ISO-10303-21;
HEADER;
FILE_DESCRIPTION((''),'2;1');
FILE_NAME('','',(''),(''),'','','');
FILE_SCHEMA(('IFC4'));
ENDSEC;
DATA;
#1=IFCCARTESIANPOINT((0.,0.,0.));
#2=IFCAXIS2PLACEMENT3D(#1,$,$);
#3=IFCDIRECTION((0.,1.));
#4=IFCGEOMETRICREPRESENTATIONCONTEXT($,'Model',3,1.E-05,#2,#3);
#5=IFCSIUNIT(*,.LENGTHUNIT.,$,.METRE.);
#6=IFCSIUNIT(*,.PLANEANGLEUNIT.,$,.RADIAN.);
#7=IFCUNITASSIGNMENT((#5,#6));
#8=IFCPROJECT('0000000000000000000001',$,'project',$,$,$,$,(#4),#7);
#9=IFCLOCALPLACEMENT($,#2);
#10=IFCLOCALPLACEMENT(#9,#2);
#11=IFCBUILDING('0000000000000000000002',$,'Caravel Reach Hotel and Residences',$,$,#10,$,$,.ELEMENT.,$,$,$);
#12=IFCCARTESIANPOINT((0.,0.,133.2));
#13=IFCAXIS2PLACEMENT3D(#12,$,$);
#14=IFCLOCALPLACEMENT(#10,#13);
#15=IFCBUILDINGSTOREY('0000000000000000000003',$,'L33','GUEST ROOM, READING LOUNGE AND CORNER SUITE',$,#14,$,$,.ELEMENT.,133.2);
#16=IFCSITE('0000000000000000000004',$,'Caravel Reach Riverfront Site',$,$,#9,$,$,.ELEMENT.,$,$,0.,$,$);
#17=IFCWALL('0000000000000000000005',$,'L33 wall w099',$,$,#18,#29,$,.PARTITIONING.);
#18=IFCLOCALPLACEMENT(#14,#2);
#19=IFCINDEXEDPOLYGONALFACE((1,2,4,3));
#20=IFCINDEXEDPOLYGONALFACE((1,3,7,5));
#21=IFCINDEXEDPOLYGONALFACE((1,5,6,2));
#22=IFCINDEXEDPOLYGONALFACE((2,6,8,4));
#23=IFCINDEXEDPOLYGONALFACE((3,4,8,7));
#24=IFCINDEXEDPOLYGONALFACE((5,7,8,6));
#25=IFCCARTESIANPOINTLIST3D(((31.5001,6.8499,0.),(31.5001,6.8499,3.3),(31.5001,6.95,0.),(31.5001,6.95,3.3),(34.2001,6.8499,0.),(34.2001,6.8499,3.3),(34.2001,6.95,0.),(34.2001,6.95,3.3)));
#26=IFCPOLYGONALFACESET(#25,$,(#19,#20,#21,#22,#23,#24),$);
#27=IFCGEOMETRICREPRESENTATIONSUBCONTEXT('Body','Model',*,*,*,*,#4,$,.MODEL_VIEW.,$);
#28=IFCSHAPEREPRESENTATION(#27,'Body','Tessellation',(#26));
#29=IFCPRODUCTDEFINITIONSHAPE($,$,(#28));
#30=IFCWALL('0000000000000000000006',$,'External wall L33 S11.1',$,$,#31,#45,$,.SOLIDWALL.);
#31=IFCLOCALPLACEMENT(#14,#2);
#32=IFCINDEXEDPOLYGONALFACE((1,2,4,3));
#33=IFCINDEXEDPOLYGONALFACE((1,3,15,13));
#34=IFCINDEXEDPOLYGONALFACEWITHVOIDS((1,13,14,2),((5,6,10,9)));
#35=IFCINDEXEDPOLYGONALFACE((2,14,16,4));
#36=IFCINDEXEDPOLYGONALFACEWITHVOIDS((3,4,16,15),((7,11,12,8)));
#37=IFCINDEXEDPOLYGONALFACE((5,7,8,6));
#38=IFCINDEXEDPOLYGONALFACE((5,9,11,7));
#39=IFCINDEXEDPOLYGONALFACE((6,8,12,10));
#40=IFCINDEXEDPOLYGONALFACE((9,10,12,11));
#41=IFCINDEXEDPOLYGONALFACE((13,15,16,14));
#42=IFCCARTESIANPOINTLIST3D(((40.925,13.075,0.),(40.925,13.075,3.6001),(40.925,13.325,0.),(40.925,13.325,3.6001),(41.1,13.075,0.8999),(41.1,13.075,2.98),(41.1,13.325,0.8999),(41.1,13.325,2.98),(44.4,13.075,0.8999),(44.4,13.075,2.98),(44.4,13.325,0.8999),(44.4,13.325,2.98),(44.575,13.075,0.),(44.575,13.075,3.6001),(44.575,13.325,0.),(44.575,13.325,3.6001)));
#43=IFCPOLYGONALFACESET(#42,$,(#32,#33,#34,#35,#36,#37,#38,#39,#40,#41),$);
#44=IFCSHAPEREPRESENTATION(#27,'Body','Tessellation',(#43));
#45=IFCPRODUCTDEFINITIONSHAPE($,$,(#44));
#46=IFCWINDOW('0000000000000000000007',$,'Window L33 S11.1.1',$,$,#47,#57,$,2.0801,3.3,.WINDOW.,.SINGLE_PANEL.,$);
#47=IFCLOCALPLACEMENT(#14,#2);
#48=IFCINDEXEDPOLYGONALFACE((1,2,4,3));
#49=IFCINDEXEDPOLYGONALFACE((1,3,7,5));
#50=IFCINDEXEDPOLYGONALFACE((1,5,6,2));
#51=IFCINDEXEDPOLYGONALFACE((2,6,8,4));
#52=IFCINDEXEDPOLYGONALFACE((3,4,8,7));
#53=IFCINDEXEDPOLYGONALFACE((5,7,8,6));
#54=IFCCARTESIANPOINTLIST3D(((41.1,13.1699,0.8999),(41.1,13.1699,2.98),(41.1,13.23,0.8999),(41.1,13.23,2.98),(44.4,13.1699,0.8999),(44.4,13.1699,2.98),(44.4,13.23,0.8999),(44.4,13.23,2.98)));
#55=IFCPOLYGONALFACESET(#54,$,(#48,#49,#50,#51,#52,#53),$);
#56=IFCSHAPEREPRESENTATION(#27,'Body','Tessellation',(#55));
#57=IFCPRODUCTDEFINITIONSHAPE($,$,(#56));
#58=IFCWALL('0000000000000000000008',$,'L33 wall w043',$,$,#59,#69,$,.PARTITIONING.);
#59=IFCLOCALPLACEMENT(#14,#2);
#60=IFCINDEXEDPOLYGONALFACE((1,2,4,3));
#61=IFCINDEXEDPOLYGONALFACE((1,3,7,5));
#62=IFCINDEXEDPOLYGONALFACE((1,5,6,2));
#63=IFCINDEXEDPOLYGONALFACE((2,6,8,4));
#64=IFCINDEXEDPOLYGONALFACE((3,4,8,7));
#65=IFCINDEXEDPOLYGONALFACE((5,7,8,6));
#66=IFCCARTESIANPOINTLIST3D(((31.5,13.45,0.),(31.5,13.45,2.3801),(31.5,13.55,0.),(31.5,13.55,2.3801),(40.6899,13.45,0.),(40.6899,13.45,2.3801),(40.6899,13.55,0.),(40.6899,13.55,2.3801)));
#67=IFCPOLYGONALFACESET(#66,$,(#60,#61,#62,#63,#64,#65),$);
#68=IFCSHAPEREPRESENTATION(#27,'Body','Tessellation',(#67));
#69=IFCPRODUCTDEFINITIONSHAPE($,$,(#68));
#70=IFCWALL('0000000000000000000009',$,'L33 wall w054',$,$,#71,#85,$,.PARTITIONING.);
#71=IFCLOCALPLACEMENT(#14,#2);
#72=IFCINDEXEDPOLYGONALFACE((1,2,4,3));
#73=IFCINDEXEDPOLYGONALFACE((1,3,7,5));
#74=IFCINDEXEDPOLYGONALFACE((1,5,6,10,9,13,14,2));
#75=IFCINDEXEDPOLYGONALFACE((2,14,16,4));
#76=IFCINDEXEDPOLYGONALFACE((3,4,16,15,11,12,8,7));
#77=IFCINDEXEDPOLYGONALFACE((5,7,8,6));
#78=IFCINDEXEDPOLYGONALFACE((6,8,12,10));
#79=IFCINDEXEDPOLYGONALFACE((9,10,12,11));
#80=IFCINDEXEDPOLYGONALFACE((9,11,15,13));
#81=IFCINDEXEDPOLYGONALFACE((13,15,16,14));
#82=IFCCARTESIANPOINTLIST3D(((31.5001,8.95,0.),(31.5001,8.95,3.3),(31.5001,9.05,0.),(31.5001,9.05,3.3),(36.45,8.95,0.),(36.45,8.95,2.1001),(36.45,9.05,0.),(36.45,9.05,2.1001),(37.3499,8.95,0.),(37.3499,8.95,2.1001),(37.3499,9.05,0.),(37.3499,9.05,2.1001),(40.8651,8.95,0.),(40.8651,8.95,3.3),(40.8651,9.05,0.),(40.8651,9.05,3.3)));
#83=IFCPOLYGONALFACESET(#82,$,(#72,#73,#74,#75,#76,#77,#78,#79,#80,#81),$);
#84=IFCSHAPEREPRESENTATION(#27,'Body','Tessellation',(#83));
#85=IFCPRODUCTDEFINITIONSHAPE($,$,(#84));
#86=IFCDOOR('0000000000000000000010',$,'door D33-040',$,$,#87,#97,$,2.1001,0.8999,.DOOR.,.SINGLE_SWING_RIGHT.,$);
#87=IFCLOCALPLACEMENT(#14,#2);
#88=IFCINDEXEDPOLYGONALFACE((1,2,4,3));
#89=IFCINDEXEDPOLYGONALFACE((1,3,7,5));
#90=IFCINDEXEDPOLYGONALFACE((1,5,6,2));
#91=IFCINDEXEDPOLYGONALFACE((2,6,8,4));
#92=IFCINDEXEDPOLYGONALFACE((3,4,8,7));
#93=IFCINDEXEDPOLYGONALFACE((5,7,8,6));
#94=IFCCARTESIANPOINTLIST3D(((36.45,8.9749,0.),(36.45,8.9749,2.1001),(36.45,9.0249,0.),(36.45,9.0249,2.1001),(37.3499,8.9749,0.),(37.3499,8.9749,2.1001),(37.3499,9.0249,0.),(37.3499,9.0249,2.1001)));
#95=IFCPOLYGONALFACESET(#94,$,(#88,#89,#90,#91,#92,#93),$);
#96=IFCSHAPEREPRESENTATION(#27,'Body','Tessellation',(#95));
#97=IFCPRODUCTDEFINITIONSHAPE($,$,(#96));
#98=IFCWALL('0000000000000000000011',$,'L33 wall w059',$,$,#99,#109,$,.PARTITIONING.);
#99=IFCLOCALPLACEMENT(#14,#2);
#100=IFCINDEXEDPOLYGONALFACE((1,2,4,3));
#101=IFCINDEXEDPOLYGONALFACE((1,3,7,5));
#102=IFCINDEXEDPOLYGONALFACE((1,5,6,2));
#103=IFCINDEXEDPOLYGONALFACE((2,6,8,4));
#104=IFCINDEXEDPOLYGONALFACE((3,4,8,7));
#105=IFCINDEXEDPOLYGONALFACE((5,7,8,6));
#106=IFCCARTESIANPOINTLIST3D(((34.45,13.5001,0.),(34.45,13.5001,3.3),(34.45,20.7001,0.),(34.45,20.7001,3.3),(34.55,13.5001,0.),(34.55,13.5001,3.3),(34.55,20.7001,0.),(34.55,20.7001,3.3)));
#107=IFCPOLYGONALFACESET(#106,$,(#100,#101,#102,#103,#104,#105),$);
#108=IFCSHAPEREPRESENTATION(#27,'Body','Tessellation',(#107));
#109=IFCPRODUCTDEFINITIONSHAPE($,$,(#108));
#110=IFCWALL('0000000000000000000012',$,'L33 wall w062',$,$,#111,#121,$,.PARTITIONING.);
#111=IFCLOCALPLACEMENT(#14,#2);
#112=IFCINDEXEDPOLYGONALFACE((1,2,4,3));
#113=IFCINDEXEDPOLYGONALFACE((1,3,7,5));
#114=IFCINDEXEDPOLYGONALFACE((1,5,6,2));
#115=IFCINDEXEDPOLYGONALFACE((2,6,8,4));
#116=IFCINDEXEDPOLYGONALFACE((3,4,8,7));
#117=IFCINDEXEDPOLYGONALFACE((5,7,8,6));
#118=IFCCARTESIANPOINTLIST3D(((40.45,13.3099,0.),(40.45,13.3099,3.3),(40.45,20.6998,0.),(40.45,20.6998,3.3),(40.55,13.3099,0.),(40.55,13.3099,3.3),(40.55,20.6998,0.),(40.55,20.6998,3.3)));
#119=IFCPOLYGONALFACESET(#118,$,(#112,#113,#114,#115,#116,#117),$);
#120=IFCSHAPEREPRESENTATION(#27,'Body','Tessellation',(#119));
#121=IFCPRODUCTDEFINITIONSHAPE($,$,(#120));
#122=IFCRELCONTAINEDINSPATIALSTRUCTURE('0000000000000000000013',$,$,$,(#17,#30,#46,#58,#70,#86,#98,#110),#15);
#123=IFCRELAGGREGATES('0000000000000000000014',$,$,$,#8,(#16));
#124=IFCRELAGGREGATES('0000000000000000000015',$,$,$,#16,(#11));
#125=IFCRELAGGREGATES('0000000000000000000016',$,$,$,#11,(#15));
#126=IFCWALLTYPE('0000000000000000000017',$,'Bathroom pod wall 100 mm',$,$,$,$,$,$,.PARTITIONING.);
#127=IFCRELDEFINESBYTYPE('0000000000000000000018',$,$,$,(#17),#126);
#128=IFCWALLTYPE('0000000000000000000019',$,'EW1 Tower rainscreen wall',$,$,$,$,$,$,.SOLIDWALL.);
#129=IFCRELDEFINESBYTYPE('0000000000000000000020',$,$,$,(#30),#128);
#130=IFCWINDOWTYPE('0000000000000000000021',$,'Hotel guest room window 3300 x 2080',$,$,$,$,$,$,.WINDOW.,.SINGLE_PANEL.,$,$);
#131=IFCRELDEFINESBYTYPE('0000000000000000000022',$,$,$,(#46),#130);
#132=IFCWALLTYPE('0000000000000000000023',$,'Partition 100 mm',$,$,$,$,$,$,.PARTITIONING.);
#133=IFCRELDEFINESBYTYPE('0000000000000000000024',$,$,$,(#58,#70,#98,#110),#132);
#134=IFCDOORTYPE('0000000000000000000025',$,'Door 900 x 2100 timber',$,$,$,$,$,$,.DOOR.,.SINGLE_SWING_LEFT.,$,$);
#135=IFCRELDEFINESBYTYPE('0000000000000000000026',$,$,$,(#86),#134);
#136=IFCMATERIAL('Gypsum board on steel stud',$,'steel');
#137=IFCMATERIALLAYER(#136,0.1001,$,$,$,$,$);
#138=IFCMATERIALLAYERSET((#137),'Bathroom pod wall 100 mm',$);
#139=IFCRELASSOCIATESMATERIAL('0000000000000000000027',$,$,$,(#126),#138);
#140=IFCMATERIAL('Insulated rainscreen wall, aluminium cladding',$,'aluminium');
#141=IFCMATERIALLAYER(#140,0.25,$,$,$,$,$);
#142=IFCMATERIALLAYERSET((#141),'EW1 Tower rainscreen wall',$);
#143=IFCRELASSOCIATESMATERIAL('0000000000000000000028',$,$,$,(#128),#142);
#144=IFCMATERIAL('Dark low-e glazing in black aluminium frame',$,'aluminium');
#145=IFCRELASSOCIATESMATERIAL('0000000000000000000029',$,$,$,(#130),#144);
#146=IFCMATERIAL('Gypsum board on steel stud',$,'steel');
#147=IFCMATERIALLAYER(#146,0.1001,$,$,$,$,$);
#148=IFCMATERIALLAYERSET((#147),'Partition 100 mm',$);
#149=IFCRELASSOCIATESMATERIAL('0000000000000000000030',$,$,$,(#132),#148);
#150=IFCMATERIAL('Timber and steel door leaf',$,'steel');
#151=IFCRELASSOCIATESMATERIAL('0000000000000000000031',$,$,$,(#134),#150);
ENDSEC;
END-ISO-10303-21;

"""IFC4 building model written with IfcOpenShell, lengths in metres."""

from ifc_helpers import new_model, si_unit, direction, frame, frame_2d, origin, place, context, subcontext, project, spatial, rectangle, extrude, material, layer, layer_set, type_object, element, fill, save


model = new_model("IFC4")

# Units and contexts
model_context = context("Model", 3, precision=1e-05, world=origin(), true_north=direction((0.0, 1.0)))
body_context = subcontext(model_context, "Body", "Model", "MODEL_VIEW")
ifc_project = project(units=[si_unit("LENGTHUNIT", "METRE"), si_unit("PLANEANGLEUNIT", "RADIAN")], contexts=[model_context])

# Site, building, storey
site_placement = place(None, origin())
site = spatial("IfcSite", under=ifc_project, at=site_placement, Name="Caravel Reach Riverfront Site", CompositionType="ELEMENT", RefElevation=0.0)
building_placement = place(site_placement, origin())
building = spatial("IfcBuilding", under=site, at=building_placement, Name="Caravel Reach Hotel and Residences", CompositionType="ELEMENT")
storey_placement = place(building_placement, frame((0.0, 0.0, 133.2)))
storey = spatial("IfcBuildingStorey", under=building, at=storey_placement, Name="L33", Description="GUEST ROOM, READING LOUNGE AND CORNER SUITE", CompositionType="ELEMENT", Elevation=133.2)

# Wall
ifc_material_1 = material(Name="Gypsum board on steel stud", Category="steel")
ifc_layer_1 = layer(ifc_material_1, 0.1001)
ifc_layer_set_1 = layer_set([ifc_layer_1], Name="Bathroom pod wall 100 mm")
wall_type_1 = type_object("IfcWallType", Name="Bathroom pod wall 100 mm", PredefinedType="PARTITIONING", material=ifc_layer_set_1)
wall_1_placement = place(storey_placement, frame((31.5, 6.8999, 0.0), z_axis=(0.0, 0.0, 1.0), x_axis=(1.0, 0.0, 0.0)))
element("IfcWall", 1, at=wall_1_placement, inside=storey, type_object=wall_type_1, Name="L33 wall w099", PredefinedType="PARTITIONING", context=body_context, shape_type="SweptSolid", body=[
    extrude(rectangle(XDim=2.7, YDim=0.1001, at=frame_2d((1.3501, 0.0))), origin(), (0.0, 0.0, 1.0), 3.3),
])

# Wall, opening, window
ifc_material_2 = material(Name="Insulated rainscreen wall, aluminium cladding", Category="aluminium")
ifc_layer_2 = layer(ifc_material_2, 0.25)
ifc_layer_set_2 = layer_set([ifc_layer_2], Name="EW1 Tower rainscreen wall")
wall_type_2 = type_object("IfcWallType", Name="EW1 Tower rainscreen wall", PredefinedType="SOLIDWALL", material=ifc_layer_set_2)
wall_2_placement = place(storey_placement, frame((40.925, 13.2, 0.0), z_axis=(0.0, 0.0, 1.0), x_axis=(1.0, 0.0, 0.0)))
wall_2 = element("IfcWall", 2, at=wall_2_placement, inside=storey, type_object=wall_type_2, Name="External wall L33 S11.1", PredefinedType="SOLIDWALL", context=body_context, shape_type="SweptSolid", body=[
    extrude(rectangle(XDim=3.6499, YDim=0.25, at=frame_2d((1.825, 0.0))), origin(), (0.0, 0.0, 1.0), 3.6001),
])
opening_1_placement = place(wall_2_placement, frame((0.175, 0.0, 0.8999)))
opening_1 = element("IfcOpeningElement", 3, at=opening_1_placement, cuts=wall_2, PredefinedType="OPENING", context=body_context, shape_type="SweptSolid", body=[
    extrude(rectangle(XDim=3.3, YDim=2.0801, at=frame_2d((1.6499, 1.04))), frame((0.0, 0.135, 0.0), z_axis=(0.0, -1.0, 0.0), x_axis=(1.0, 0.0, 0.0)), (0.0, 0.0, 1.0), 0.27),
])
ifc_material_3 = material(Name="Dark low-e glazing in black aluminium frame", Category="aluminium")
window_type = type_object("IfcWindowType", Name="Hotel guest room window 3300 x 2080", PartitioningType="SINGLE_PANEL", PredefinedType="WINDOW", material=ifc_material_3)
window_placement = place(opening_1_placement, origin())
window = element("IfcWindow", 4, at=window_placement, inside=storey, type_object=window_type, Name="Window L33 S11.1.1", OverallHeight=2.0801, OverallWidth=3.3, PartitioningType="SINGLE_PANEL", PredefinedType="WINDOW", context=body_context, shape_type="SweptSolid", body=[
    extrude(rectangle(XDim=3.3, YDim=2.0801, at=frame_2d((1.6499, 1.04))), frame((0.0, 0.03, 0.0), z_axis=(0.0, -1.0, 0.0), x_axis=(1.0, 0.0, 0.0)), (0.0, 0.0, 1.0), 0.0601),
])
fill(opening_1, window)

# Wall
ifc_material_4 = material(Name="Gypsum board on steel stud", Category="steel")
ifc_layer_3 = layer(ifc_material_4, 0.1001)
ifc_layer_set_3 = layer_set([ifc_layer_3], Name="Partition 100 mm")
wall_type_3 = type_object("IfcWallType", Name="Partition 100 mm", PredefinedType="PARTITIONING", material=ifc_layer_set_3)
wall_3_placement = place(storey_placement, frame((31.5, 13.5, 0.0), z_axis=(0.0, 0.0, 1.0), x_axis=(1.0, 0.0, 0.0)))
element("IfcWall", 5, at=wall_3_placement, inside=storey, type_object=wall_type_3, Name="L33 wall w043", PredefinedType="PARTITIONING", context=body_context, shape_type="SweptSolid", body=[
    extrude(rectangle(XDim=9.1899, YDim=0.1001, at=frame_2d((4.595, 0.0))), origin(), (0.0, 0.0, 1.0), 2.3801),
])

# Wall, opening, door
wall_4_placement = place(storey_placement, frame((31.5, 9.0, 0.0), z_axis=(0.0, 0.0, 1.0), x_axis=(1.0, 0.0, 0.0)))
wall_4 = element("IfcWall", 6, at=wall_4_placement, inside=storey, type_object=wall_type_3, Name="L33 wall w054", PredefinedType="PARTITIONING", context=body_context, shape_type="SweptSolid", body=[
    extrude(rectangle(XDim=9.365, YDim=0.1001, at=frame_2d((4.6826, 0.0))), origin(), (0.0, 0.0, 1.0), 3.3),
])
opening_2_placement = place(wall_4_placement, frame((4.95, 0.0, 0.0)))
opening_2 = element("IfcOpeningElement", 7, at=opening_2_placement, cuts=wall_4, PredefinedType="OPENING", context=body_context, shape_type="SweptSolid", body=[
    extrude(rectangle(XDim=0.8999, YDim=2.1001, at=frame_2d((0.45, 1.05))), frame((0.0, 0.0601, 0.0), z_axis=(0.0, -1.0, 0.0), x_axis=(1.0, 0.0, 0.0)), (0.0, 0.0, 1.0), 0.1201),
])
ifc_material_5 = material(Name="Timber and steel door leaf", Category="steel")
door_type = type_object("IfcDoorType", Name="Door 900 x 2100 timber", OperationType="SINGLE_SWING_LEFT", PredefinedType="DOOR", material=ifc_material_5)
door_placement = place(opening_2_placement, origin())
door = element("IfcDoor", 8, at=door_placement, inside=storey, type_object=door_type, Name="door D33-040", OperationType="SINGLE_SWING_RIGHT", OverallHeight=2.1001, OverallWidth=0.8999, PredefinedType="DOOR", context=body_context, shape_type="SweptSolid", body=[
    extrude(rectangle(XDim=0.8999, YDim=2.1001, at=frame_2d((0.45, 1.05))), frame((0.0, 0.0249, 0.0), z_axis=(0.0, -1.0, 0.0), x_axis=(1.0, 0.0, 0.0)), (0.0, 0.0, 1.0), 0.05),
])
fill(opening_2, door)

# Walls
wall_5_placement = place(storey_placement, frame((34.5, 13.5, 0.0), z_axis=(0.0, 0.0, 1.0), x_axis=(0.0, 1.0, 0.0)))
element("IfcWall", 9, at=wall_5_placement, inside=storey, type_object=wall_type_3, Name="L33 wall w059", PredefinedType="PARTITIONING", context=body_context, shape_type="SweptSolid", body=[
    extrude(rectangle(XDim=7.2, YDim=0.1001, at=frame_2d((3.6001, 0.0))), origin(), (0.0, 0.0, 1.0), 3.3),
])
wall_6_placement = place(storey_placement, frame((40.5, 13.3101, 0.0), z_axis=(0.0, 0.0, 1.0), x_axis=(0.0, 1.0, 0.0)))
element("IfcWall", 10, at=wall_6_placement, inside=storey, type_object=wall_type_3, Name="L33 wall w062", PredefinedType="PARTITIONING", context=body_context, shape_type="SweptSolid", body=[
    extrude(rectangle(XDim=7.3899, YDim=0.1001, at=frame_2d((3.6948, 0.0))), origin(), (0.0, 0.0, 1.0), 3.3),
])

save(model, "model.ifc")
